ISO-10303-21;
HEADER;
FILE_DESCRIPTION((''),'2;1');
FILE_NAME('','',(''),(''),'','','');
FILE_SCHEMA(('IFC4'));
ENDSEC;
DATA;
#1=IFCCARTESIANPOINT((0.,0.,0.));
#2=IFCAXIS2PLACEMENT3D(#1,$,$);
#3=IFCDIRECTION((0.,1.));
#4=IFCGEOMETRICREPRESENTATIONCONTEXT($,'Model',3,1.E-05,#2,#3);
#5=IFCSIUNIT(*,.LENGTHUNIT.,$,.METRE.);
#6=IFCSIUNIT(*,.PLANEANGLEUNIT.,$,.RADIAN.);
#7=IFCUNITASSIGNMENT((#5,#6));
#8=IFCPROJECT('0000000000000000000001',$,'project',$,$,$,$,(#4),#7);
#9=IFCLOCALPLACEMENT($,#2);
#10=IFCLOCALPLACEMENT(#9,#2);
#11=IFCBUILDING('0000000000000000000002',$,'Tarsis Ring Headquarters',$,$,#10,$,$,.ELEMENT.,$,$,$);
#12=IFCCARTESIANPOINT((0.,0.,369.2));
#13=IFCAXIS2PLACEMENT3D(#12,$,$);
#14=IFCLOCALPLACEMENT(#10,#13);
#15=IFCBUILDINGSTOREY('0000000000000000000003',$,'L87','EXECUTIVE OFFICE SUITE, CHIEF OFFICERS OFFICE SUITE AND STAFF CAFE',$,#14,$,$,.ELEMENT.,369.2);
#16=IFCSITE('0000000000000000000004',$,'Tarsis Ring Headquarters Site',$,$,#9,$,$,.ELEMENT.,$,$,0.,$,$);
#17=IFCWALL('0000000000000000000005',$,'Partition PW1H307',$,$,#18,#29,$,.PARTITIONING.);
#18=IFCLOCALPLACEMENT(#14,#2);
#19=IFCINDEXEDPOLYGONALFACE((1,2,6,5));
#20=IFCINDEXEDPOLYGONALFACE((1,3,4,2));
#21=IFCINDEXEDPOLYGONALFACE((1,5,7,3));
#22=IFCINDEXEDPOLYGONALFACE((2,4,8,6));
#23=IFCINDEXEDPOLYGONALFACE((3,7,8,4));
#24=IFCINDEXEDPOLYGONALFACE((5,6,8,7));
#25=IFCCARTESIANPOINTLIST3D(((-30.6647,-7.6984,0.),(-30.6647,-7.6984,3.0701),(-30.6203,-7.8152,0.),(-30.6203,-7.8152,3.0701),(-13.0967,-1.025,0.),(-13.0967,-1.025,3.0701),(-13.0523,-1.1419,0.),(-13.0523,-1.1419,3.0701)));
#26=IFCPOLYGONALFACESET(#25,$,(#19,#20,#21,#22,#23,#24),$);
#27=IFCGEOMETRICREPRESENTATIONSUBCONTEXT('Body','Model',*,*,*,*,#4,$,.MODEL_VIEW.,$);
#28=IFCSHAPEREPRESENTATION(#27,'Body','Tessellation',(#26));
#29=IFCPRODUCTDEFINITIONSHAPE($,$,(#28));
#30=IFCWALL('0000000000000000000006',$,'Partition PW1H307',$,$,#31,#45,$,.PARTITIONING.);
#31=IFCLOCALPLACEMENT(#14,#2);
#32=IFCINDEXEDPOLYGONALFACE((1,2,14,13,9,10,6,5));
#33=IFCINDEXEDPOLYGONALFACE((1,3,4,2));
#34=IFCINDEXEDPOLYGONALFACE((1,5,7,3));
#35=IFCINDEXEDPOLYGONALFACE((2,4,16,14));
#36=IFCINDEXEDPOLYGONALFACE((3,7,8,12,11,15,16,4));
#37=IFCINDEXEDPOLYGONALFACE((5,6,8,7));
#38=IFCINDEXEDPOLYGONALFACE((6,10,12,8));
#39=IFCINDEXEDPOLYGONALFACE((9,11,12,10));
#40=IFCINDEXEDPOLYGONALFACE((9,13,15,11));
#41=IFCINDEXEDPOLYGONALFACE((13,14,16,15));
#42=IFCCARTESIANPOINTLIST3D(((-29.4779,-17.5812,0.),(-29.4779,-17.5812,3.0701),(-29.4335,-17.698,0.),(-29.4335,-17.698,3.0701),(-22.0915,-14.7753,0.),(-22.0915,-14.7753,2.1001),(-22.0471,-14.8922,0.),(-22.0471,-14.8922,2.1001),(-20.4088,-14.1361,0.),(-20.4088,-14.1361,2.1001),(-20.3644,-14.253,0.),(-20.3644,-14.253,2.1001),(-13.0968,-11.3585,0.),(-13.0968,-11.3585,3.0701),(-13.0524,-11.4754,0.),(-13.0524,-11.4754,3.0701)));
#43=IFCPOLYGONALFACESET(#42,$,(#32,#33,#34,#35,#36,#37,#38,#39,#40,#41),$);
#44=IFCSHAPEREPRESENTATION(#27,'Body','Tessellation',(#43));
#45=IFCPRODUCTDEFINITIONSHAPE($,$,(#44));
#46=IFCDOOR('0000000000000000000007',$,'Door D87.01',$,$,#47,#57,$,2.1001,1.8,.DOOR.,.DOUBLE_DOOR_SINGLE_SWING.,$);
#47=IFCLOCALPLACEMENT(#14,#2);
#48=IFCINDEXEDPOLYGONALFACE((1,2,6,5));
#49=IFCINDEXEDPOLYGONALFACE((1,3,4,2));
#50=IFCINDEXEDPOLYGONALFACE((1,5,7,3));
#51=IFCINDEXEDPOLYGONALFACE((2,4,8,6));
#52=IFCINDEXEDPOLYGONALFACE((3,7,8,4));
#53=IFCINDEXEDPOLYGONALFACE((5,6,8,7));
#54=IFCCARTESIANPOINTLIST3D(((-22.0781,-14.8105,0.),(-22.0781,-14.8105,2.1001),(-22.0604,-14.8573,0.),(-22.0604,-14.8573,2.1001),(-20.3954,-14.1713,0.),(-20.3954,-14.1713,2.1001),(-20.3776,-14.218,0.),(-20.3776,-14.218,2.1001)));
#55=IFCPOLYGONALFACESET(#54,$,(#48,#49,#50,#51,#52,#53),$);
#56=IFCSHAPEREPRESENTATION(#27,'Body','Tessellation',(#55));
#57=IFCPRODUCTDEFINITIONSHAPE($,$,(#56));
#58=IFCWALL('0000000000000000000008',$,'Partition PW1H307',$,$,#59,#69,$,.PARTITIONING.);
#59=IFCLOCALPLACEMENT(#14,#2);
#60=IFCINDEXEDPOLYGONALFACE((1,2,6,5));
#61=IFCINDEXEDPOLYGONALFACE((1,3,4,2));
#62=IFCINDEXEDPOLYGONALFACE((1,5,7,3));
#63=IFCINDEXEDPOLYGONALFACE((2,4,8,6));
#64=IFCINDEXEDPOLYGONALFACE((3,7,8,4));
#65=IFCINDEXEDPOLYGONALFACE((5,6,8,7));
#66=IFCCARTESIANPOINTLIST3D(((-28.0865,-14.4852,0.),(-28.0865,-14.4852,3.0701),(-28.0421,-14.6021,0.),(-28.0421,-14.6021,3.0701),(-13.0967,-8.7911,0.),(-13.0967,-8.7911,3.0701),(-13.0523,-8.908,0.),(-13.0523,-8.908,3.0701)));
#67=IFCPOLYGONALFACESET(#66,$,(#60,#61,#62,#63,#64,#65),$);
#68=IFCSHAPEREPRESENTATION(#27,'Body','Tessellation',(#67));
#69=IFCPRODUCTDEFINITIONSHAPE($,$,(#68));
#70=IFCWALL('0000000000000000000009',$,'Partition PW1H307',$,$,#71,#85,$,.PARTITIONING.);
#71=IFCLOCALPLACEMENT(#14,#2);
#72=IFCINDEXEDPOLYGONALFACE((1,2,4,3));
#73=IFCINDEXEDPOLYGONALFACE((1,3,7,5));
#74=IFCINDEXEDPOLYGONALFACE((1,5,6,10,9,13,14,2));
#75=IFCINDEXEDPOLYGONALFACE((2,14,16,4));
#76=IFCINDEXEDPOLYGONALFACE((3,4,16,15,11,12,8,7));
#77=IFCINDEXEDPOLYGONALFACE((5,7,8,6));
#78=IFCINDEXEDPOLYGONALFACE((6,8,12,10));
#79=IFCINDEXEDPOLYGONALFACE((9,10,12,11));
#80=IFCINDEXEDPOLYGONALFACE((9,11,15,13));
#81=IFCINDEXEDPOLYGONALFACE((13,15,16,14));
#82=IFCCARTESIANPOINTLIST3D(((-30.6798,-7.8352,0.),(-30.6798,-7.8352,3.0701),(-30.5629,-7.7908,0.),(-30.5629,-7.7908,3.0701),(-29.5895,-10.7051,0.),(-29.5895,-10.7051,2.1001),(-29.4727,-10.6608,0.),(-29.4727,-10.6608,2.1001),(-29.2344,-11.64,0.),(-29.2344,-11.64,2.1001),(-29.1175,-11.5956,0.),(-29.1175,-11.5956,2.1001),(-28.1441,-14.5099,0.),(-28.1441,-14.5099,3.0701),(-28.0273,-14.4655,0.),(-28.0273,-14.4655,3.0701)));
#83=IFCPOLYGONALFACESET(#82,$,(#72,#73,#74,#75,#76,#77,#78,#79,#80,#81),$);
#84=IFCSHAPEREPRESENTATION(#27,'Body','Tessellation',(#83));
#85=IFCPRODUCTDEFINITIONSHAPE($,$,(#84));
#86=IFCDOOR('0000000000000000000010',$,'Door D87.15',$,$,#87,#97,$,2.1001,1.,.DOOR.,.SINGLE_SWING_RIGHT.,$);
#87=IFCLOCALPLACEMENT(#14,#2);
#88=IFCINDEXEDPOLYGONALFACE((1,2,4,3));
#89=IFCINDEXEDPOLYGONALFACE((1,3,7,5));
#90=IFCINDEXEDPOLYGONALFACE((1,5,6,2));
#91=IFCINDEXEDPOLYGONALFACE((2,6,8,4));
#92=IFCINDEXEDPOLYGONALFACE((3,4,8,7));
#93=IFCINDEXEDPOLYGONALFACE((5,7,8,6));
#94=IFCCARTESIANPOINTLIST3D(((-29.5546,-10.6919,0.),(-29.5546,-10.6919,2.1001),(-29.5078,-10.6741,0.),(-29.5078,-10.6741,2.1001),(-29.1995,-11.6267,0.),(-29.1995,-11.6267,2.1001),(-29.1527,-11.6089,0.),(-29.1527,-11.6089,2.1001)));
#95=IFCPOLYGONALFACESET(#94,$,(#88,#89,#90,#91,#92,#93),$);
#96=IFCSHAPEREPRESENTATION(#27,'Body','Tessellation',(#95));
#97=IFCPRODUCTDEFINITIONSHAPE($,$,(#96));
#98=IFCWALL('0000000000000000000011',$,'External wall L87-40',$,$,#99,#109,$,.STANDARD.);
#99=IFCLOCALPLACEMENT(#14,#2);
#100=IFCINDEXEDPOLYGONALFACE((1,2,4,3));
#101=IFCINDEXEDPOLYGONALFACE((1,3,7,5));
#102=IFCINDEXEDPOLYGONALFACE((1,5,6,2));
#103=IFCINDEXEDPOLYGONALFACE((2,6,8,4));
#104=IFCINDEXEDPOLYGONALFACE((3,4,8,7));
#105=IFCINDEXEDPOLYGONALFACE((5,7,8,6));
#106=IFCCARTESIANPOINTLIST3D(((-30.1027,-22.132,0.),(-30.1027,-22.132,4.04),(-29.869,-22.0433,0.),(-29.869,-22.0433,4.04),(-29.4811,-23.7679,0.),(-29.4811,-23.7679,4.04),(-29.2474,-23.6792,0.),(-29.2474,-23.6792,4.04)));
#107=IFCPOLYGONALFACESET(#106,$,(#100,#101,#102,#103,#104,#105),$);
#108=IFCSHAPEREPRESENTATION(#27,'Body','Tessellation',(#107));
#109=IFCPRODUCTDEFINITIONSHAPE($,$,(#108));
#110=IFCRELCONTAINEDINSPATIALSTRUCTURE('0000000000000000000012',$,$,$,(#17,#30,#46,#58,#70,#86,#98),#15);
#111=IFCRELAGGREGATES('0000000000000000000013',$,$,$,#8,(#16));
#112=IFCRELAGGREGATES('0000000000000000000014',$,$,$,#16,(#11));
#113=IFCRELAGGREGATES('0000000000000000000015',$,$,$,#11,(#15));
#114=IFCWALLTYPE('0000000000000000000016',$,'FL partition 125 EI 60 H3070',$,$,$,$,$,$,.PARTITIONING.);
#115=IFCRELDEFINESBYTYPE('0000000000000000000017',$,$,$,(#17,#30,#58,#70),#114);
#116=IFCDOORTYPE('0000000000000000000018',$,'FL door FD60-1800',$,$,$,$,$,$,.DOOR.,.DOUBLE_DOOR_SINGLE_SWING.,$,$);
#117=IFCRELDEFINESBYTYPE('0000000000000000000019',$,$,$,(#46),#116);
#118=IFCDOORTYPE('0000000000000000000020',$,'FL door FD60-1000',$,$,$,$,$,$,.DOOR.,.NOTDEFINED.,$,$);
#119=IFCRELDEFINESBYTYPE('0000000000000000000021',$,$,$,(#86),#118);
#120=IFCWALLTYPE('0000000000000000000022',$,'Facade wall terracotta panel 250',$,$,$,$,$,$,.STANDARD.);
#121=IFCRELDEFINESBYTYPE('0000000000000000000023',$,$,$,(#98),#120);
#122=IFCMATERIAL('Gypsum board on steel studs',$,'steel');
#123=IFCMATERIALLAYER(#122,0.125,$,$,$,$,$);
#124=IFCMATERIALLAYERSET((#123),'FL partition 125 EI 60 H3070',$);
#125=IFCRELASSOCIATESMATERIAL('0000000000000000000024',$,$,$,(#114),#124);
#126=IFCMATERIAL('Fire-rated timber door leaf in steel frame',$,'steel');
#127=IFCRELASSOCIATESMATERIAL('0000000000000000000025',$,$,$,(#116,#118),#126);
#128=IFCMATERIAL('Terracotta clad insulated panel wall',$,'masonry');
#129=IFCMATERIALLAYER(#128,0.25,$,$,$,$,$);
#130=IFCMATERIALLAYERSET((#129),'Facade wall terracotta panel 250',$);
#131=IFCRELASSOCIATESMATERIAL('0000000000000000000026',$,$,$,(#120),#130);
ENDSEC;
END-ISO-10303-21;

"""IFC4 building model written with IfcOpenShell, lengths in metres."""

from ifc_helpers import new_model, si_unit, direction, frame, frame_2d, origin, place, context, subcontext, project, spatial, rectangle, extrude, material, layer, layer_set, type_object, element, fill, save


model = new_model("IFC4")

# Units and contexts
model_context = context("Model", 3, precision=1e-05, world=origin(), true_north=direction((0.0, 1.0)))
body_context = subcontext(model_context, "Body", "Model", "MODEL_VIEW")
ifc_project = project(units=[si_unit("LENGTHUNIT", "METRE"), si_unit("PLANEANGLEUNIT", "RADIAN")], contexts=[model_context])

# Site, building, storey
site_placement = place(None, origin())
site = spatial("IfcSite", under=ifc_project, at=site_placement, Name="Tarsis Ring Headquarters Site", CompositionType="ELEMENT", RefElevation=0.0)
building_placement = place(site_placement, origin())
building = spatial("IfcBuilding", under=site, at=building_placement, Name="Tarsis Ring Headquarters", CompositionType="ELEMENT")
storey_placement = place(building_placement, frame((0.0, 0.0, 369.2)))
storey = spatial("IfcBuildingStorey", under=building, at=storey_placement, Name="L87", Description="EXECUTIVE OFFICE SUITE, CHIEF OFFICERS OFFICE SUITE AND STAFF CAFE", CompositionType="ELEMENT", Elevation=369.2)

# Wall
ifc_material_1 = material(Name="Gypsum board on steel studs", Category="steel")
ifc_layer_1 = layer(ifc_material_1, 0.125)
ifc_layer_set_1 = layer_set([ifc_layer_1], Name="FL partition 125 EI 60 H3070")
wall_type_1 = type_object("IfcWallType", Name="FL partition 125 EI 60 H3070", PredefinedType="PARTITIONING", material=ifc_layer_set_1)
wall_1_placement = place(storey_placement, frame((-30.6426, -7.7568, 0.0), z_axis=(0.0, 0.0, 1.0), x_axis=(0.934827, 0.355104, 0.0)))
element("IfcWall", 1, at=wall_1_placement, inside=storey, type_object=wall_type_1, Name="Partition PW1H307", PredefinedType="PARTITIONING", context=body_context, shape_type="SweptSolid", body=[
    extrude(rectangle(XDim=18.7927, YDim=0.125, at=frame_2d((9.3965, 0.0))), origin(), (0.0, 0.0, 1.0), 3.0701),
])

# Wall, opening, door
wall_2_placement = place(storey_placement, frame((-29.4558, -17.6396, 0.0), z_axis=(0.0, 0.0, 1.0), x_axis=(0.934825, 0.35511, 0.0)))
wall_2 = element("IfcWall", 2, at=wall_2_placement, inside=storey, type_object=wall_type_1, Name="Partition PW1H307", PredefinedType="PARTITIONING", context=body_context, shape_type="SweptSolid", body=[
    extrude(rectangle(XDim=17.5232, YDim=0.125, at=frame_2d((8.7617, 0.0))), origin(), (0.0, 0.0, 1.0), 3.0701),
])
opening_1_placement = place(wall_2_placement, frame((7.9016, 0.0, 0.0)))
opening_1 = element("IfcOpeningElement", 3, at=opening_1_placement, cuts=wall_2, PredefinedType="OPENING", context=body_context, shape_type="SweptSolid", body=[
    extrude(rectangle(XDim=1.8, YDim=2.1001, at=frame_2d((0.8999, 1.05))), frame((0.0, 0.0725, 0.0), z_axis=(0.0, -1.0, 0.0), x_axis=(1.0, 0.0, 0.0)), (0.0, 0.0, 1.0), 0.145),
])
ifc_material_2 = material(Name="Fire-rated timber door leaf in steel frame", Category="steel")
door_type_1 = type_object("IfcDoorType", Name="FL door FD60-1800", OperationType="DOUBLE_DOOR_SINGLE_SWING", PredefinedType="DOOR", material=ifc_material_2)
door_1_placement = place(opening_1_placement, origin())
door_1 = element("IfcDoor", 4, at=door_1_placement, inside=storey, type_object=door_type_1, Name="Door D87.01", OperationType="DOUBLE_DOOR_SINGLE_SWING", OverallHeight=2.1001, OverallWidth=1.8, PredefinedType="DOOR", context=body_context, shape_type="SweptSolid", body=[
    extrude(rectangle(XDim=1.8, YDim=2.1001, at=frame_2d((0.8999, 1.05))), frame((0.0, 0.0249, 0.0), z_axis=(0.0, -1.0, 0.0), x_axis=(1.0, 0.0, 0.0)), (0.0, 0.0, 1.0), 0.05),
])
fill(opening_1, door_1)

# Wall
wall_3_placement = place(storey_placement, frame((-28.0645, -14.5437, 0.0), z_axis=(0.0, 0.0, 1.0), x_axis=(0.934825, 0.355108, 0.0)))
element("IfcWall", 5, at=wall_3_placement, inside=storey, type_object=wall_type_1, Name="Partition PW1H307", PredefinedType="PARTITIONING", context=body_context, shape_type="SweptSolid", body=[
    extrude(rectangle(XDim=16.0349, YDim=0.125, at=frame_2d((8.0176, 0.0))), origin(), (0.0, 0.0, 1.0), 3.0701),
])

# Wall, opening, door
wall_4_placement = place(storey_placement, frame((-30.6213, -7.813, 0.0), z_axis=(0.0, 0.0, 1.0), x_axis=(0.355122, -0.93482, 0.0)))
wall_4 = element("IfcWall", 6, at=wall_4_placement, inside=storey, type_object=wall_type_1, Name="Partition PW1H307", PredefinedType="PARTITIONING", context=body_context, shape_type="SweptSolid", body=[
    extrude(rectangle(XDim=7.1401, YDim=0.125, at=frame_2d((3.5701, 0.0))), origin(), (0.0, 0.0, 1.0), 3.0701),
])
opening_2_placement = place(wall_4_placement, frame((3.0701, 0.0, 0.0)))
opening_2 = element("IfcOpeningElement", 7, at=opening_2_placement, cuts=wall_4, PredefinedType="OPENING", context=body_context, shape_type="SweptSolid", body=[
    extrude(rectangle(XDim=1.0, YDim=2.1001, at=frame_2d((0.5, 1.05))), frame((0.0, 0.0725, 0.0), z_axis=(0.0, -1.0, 0.0), x_axis=(1.0, 0.0, 0.0)), (0.0, 0.0, 1.0), 0.145),
])
door_type_2 = type_object("IfcDoorType", Name="FL door FD60-1000", OperationType="NOTDEFINED", PredefinedType="DOOR", material=ifc_material_2)
door_2_placement = place(opening_2_placement, origin())
door_2 = element("IfcDoor", 8, at=door_2_placement, inside=storey, type_object=door_type_2, Name="Door D87.15", OperationType="SINGLE_SWING_RIGHT", OverallHeight=2.1001, OverallWidth=1.0, PredefinedType="DOOR", context=body_context, shape_type="SweptSolid", body=[
    extrude(rectangle(XDim=1.0, YDim=2.1001, at=frame_2d((0.5, 1.05))), frame((0.0, 0.0249, 0.0), z_axis=(0.0, -1.0, 0.0), x_axis=(1.0, 0.0, 0.0)), (0.0, 0.0, 1.0), 0.05),
])
fill(opening_2, door_2)

# Shared definitions
ifc_material_3 = material(Name="Terracotta clad insulated panel wall", Category="masonry")
ifc_layer_2 = layer(ifc_material_3, 0.25)
ifc_layer_set_2 = layer_set([ifc_layer_2], Name="Facade wall terracotta panel 250")
wall_type_2 = type_object("IfcWallType", Name="Facade wall terracotta panel 250", PredefinedType="STANDARD", material=ifc_layer_set_2)

# Wall
wall_5_placement = place(storey_placement, frame((-29.9858, -22.0876, 0.0), z_axis=(0.0, 0.0, 1.0), x_axis=(0.355171, -0.934801, 0.0)))
element("IfcWall", 9, at=wall_5_placement, inside=storey, type_object=wall_type_2, Name="External wall L87-40", PredefinedType="STANDARD", context=body_context, shape_type="SweptSolid", body=[
    extrude(rectangle(XDim=1.75, YDim=0.25, at=frame_2d((0.875, 0.0))), origin(), (0.0, 0.0, 1.0), 4.04),
])

save(model, "model.ifc")
